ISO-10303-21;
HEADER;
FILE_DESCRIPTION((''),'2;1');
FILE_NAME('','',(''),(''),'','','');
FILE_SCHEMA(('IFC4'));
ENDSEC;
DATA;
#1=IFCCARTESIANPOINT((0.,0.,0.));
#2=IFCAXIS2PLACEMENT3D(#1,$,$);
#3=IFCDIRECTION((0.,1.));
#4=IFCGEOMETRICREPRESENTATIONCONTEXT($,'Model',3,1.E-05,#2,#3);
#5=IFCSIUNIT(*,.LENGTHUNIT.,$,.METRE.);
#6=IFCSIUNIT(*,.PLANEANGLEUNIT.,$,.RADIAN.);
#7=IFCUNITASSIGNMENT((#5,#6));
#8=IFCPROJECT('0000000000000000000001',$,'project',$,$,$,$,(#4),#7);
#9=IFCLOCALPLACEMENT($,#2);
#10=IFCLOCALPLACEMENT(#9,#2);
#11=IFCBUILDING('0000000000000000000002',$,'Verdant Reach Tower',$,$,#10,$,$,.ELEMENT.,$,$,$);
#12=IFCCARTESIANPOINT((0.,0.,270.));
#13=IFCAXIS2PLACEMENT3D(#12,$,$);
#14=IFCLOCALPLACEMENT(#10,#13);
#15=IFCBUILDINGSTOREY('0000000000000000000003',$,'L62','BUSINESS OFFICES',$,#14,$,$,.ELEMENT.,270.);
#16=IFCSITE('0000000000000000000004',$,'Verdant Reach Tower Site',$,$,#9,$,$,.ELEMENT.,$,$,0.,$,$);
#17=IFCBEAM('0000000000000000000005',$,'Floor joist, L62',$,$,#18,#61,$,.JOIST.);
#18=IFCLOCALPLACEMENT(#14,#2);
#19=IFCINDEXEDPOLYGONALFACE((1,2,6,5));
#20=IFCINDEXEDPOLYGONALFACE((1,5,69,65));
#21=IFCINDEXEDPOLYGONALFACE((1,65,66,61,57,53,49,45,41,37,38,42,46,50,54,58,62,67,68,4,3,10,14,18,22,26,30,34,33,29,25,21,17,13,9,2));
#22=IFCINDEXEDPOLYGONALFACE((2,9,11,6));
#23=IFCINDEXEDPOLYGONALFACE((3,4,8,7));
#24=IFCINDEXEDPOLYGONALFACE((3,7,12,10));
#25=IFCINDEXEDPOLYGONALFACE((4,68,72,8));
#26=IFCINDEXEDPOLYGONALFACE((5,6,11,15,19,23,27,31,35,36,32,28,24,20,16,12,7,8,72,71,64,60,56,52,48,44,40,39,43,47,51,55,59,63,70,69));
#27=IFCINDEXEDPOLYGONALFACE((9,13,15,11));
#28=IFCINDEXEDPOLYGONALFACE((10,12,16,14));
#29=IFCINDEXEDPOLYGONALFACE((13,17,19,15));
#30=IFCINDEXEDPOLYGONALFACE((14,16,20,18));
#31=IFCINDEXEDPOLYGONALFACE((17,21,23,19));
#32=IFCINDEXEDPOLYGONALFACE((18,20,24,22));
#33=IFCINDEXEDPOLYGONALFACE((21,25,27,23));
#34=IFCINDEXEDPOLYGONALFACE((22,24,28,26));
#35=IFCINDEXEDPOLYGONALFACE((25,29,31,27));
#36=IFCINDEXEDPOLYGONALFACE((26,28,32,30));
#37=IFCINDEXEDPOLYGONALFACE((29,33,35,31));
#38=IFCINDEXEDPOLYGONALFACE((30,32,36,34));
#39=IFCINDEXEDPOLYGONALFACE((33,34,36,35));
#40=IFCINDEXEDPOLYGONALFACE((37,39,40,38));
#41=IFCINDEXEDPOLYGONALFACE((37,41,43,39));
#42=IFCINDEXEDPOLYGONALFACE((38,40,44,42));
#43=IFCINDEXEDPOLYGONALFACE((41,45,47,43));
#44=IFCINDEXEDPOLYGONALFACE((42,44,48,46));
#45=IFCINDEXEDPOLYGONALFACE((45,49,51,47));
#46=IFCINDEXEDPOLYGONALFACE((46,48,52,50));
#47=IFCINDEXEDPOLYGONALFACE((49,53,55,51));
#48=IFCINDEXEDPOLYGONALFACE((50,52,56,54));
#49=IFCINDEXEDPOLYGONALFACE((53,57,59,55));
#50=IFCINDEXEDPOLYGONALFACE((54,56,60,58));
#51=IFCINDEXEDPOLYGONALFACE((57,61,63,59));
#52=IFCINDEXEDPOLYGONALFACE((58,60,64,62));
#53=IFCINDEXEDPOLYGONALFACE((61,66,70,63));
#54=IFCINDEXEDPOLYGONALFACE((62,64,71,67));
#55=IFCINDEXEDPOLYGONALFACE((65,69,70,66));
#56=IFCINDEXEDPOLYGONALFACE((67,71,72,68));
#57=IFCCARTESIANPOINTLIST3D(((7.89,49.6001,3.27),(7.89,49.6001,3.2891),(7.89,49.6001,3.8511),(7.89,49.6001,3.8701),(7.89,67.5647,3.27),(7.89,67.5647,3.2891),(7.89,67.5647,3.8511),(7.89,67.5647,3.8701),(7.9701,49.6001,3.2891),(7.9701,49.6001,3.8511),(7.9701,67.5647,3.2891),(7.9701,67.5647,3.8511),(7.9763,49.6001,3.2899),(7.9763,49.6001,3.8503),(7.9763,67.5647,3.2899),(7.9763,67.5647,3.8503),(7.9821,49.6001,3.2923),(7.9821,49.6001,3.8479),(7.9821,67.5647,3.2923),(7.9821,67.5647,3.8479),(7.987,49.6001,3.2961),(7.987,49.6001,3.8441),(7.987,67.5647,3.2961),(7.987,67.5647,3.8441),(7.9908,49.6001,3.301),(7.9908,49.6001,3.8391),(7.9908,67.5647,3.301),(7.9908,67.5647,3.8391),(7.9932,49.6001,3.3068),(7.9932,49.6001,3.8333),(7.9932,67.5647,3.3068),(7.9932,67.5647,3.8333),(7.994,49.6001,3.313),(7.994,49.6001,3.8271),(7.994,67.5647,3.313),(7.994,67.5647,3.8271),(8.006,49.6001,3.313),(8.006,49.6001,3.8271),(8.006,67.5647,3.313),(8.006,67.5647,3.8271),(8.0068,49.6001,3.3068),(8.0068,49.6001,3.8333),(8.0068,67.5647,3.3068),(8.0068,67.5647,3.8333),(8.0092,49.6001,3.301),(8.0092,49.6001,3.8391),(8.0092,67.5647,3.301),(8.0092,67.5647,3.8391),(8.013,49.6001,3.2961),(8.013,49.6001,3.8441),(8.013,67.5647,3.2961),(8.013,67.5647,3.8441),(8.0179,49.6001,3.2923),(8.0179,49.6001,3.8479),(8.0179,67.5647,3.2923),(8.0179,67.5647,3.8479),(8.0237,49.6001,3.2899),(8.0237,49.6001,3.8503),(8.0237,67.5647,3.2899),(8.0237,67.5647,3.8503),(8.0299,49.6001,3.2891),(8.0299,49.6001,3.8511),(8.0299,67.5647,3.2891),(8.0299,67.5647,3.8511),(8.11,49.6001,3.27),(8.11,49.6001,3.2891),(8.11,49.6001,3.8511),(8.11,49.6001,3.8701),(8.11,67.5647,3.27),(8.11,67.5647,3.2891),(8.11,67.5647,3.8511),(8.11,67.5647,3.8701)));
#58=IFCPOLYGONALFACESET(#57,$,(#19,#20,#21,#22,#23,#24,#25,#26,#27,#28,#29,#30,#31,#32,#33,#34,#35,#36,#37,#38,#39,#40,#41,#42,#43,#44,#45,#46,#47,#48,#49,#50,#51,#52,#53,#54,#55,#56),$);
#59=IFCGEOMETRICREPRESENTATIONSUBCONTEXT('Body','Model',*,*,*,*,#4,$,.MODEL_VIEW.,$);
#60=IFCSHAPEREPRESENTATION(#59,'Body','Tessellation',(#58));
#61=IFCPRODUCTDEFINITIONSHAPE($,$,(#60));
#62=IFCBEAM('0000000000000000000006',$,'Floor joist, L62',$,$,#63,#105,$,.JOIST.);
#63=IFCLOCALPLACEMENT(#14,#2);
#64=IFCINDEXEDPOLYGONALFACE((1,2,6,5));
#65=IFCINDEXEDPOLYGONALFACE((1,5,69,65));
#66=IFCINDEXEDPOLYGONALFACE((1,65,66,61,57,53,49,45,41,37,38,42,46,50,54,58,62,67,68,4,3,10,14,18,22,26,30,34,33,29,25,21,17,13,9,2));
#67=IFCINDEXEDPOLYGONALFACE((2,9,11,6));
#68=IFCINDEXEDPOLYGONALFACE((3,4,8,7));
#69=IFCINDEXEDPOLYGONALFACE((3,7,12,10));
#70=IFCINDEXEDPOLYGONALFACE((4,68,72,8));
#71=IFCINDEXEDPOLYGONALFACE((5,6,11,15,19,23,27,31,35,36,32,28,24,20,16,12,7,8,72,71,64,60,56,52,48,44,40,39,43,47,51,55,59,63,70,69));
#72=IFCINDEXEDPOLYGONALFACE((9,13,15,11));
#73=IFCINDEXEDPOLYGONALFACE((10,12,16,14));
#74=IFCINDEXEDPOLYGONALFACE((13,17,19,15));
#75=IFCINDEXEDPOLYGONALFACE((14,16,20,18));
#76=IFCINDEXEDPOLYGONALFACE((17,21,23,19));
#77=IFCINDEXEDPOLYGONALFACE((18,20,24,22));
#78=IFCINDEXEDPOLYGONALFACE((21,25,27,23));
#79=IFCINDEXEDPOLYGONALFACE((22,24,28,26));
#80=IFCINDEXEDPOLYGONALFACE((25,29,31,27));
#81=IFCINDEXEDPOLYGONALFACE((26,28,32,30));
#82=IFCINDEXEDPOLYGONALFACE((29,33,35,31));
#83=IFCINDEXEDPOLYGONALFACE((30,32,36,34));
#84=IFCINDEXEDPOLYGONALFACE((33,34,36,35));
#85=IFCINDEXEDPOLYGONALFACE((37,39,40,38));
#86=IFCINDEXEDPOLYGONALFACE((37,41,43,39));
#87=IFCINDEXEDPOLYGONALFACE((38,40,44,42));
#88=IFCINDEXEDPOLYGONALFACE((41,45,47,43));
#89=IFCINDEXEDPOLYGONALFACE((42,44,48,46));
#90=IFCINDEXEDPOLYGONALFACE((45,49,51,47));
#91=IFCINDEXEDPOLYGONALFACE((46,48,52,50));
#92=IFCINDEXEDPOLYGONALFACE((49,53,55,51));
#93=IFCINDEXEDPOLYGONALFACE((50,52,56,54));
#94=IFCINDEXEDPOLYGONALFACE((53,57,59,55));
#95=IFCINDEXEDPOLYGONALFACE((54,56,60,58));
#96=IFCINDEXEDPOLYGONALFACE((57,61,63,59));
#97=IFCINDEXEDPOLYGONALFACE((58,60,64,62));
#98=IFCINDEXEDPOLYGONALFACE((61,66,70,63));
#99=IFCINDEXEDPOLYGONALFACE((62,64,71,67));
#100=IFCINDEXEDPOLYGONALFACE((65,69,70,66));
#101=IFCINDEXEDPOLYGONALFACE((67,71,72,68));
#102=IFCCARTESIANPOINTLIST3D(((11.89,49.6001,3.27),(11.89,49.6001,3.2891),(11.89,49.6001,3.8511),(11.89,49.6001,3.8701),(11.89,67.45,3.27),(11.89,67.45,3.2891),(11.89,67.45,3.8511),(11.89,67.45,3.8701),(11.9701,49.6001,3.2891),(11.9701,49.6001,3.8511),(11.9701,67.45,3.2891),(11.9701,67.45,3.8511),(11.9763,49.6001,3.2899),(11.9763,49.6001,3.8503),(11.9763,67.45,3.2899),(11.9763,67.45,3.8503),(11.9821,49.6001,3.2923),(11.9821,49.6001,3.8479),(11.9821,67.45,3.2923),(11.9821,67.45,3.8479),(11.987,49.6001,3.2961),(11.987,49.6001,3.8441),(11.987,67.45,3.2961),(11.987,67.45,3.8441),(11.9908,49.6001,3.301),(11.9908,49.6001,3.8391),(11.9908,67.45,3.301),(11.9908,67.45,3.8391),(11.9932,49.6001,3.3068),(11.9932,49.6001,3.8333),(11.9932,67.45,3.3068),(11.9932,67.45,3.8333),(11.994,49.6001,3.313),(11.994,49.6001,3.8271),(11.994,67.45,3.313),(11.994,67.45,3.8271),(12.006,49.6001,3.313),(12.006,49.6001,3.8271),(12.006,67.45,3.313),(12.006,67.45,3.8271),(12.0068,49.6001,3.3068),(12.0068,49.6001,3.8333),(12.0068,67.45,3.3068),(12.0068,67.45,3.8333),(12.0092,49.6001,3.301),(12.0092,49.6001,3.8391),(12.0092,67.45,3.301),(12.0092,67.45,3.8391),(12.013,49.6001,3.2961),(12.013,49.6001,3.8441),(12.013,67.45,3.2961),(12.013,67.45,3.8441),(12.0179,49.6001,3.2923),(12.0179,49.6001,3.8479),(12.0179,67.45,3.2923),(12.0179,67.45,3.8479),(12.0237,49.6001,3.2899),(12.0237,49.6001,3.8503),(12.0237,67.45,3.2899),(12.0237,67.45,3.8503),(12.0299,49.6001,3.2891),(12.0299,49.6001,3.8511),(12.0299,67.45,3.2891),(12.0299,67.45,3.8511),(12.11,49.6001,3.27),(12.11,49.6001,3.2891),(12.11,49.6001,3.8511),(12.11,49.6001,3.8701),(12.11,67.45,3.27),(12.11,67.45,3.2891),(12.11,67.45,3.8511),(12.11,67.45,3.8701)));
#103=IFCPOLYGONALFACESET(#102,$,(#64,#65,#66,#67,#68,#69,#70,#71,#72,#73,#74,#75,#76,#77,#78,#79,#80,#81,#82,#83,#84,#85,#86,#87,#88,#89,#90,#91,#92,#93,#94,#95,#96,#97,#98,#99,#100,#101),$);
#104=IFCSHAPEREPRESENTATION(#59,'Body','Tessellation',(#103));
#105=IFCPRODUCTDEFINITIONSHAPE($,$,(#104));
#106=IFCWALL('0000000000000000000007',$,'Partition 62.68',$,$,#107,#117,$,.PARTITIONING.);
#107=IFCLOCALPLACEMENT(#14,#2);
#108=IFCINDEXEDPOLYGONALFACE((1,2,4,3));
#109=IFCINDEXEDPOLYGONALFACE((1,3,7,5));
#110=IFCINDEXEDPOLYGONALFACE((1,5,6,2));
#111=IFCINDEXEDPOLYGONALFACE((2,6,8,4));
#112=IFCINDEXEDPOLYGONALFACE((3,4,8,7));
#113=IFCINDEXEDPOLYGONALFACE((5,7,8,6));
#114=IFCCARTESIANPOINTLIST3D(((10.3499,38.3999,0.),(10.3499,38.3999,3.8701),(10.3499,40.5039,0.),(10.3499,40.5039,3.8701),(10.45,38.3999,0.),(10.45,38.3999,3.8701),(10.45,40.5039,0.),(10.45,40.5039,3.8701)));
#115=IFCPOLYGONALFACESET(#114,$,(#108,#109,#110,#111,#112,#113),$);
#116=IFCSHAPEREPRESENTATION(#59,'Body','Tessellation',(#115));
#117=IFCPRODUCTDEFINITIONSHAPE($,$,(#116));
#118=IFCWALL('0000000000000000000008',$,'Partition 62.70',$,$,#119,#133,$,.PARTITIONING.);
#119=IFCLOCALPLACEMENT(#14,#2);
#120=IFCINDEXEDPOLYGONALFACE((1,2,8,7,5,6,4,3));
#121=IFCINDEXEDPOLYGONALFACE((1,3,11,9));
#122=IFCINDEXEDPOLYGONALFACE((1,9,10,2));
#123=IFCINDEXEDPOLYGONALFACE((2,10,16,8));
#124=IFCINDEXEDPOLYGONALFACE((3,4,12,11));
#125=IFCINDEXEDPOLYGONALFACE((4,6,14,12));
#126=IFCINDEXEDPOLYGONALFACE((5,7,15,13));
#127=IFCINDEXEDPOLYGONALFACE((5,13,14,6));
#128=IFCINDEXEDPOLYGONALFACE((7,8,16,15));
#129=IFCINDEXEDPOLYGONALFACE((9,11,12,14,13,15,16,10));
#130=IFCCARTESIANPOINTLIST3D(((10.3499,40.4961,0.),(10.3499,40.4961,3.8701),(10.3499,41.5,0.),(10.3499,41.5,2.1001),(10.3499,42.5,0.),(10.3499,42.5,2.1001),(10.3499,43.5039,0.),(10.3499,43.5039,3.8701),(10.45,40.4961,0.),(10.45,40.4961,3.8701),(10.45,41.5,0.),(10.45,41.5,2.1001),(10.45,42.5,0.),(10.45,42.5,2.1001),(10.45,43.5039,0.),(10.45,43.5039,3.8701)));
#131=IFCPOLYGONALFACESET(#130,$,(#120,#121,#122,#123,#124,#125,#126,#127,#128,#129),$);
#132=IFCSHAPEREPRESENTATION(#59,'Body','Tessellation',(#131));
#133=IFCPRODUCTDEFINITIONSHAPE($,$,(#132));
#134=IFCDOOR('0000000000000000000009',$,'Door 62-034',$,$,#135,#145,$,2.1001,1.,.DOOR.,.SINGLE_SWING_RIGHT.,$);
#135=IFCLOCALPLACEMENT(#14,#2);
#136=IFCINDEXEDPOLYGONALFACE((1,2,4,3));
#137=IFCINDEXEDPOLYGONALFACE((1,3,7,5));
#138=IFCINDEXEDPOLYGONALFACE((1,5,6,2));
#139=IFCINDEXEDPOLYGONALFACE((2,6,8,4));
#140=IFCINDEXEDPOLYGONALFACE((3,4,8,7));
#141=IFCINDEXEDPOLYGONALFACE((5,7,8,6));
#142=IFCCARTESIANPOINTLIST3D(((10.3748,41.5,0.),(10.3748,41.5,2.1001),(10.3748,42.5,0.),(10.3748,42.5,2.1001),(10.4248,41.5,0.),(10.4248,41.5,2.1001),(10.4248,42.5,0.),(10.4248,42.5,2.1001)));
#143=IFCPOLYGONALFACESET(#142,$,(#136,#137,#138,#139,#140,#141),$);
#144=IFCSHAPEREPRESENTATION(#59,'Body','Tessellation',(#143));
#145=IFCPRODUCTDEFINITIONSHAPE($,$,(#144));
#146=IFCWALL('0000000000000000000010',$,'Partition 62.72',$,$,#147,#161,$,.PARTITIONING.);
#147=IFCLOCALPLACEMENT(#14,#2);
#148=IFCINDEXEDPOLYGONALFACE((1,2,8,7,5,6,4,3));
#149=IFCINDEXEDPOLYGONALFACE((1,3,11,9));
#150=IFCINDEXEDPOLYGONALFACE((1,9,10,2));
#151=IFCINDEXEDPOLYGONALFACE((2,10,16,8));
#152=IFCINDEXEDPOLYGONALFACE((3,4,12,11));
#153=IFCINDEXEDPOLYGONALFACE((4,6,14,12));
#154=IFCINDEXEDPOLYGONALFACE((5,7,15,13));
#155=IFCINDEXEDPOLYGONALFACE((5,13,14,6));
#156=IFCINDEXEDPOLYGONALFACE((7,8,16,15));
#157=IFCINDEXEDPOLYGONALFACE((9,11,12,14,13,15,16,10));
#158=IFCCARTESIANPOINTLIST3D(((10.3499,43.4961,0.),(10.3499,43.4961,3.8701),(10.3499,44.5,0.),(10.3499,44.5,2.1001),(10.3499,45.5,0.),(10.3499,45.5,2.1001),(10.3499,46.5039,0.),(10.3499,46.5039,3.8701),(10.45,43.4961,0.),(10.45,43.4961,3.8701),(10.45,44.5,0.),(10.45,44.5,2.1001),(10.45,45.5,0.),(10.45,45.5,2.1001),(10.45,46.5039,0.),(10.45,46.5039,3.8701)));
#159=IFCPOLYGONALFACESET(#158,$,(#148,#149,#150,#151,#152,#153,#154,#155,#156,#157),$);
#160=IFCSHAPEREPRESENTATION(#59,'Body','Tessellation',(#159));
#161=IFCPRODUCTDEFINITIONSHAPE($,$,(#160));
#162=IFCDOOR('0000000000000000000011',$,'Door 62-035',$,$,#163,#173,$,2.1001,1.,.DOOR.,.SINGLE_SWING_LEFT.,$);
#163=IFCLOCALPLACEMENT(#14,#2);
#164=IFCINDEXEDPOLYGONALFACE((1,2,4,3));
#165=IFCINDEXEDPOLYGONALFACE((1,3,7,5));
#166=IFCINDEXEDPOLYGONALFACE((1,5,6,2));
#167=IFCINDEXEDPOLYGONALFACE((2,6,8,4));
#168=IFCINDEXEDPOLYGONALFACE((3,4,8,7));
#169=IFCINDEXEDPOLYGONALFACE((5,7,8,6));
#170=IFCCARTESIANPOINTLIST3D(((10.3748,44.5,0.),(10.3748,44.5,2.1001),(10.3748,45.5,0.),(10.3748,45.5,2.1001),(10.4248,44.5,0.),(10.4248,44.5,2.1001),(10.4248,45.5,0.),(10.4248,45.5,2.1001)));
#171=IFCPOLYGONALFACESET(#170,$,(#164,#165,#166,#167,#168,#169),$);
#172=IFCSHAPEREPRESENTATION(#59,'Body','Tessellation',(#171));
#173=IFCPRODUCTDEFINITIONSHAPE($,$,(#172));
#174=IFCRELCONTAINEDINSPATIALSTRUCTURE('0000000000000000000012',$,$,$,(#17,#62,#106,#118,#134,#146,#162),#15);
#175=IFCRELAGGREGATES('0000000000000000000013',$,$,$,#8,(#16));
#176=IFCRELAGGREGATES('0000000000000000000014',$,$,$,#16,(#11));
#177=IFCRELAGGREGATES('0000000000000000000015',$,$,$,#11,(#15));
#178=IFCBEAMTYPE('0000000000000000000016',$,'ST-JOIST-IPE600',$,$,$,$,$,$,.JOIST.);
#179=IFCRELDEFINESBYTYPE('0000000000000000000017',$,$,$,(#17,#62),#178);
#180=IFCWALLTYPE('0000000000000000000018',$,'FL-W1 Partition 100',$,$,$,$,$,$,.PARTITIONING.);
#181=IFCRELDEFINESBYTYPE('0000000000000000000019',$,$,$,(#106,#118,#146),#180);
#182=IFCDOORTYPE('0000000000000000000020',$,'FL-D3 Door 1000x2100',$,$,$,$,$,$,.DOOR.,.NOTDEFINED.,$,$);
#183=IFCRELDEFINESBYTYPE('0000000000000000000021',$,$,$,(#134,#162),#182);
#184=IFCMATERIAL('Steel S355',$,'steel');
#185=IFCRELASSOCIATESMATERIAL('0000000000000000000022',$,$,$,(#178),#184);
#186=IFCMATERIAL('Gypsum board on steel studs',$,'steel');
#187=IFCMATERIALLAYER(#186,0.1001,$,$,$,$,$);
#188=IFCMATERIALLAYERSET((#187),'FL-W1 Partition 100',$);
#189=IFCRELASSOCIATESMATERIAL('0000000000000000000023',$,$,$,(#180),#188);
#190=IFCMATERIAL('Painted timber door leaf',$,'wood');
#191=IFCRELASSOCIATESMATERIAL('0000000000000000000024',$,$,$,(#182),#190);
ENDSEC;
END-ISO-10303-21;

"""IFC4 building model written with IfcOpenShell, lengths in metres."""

from ifc_helpers import new_model, si_unit, direction, frame, frame_2d, origin, origin_2d, place, context, subcontext, project, spatial, rectangle, i_section, extrude, material, layer, layer_set, material_profile, profile_set, type_object, element, fill, save


model = new_model("IFC4")

# Units and contexts
model_context = context("Model", 3, precision=1e-05, world=origin(), true_north=direction((0.0, 1.0)))
body_context = subcontext(model_context, "Body", "Model", "MODEL_VIEW")
ifc_project = project(units=[si_unit("LENGTHUNIT", "METRE"), si_unit("PLANEANGLEUNIT", "RADIAN")], contexts=[model_context])

# Site, building, storey
site_placement = place(None, origin())
site = spatial("IfcSite", under=ifc_project, at=site_placement, Name="Verdant Reach Tower Site", CompositionType="ELEMENT", RefElevation=0.0)
building_placement = place(site_placement, origin())
building = spatial("IfcBuilding", under=site, at=building_placement, Name="Verdant Reach Tower", CompositionType="ELEMENT")
storey_placement = place(building_placement, frame((0.0, 0.0, 270.0)))
storey = spatial("IfcBuildingStorey", under=building, at=storey_placement, Name="L62", Description="BUSINESS OFFICES", CompositionType="ELEMENT", Elevation=270.0)

# Beams
ifc_material_1 = material(Name="Steel S355", Category="steel")
ifc_material_profile_1 = material_profile(ifc_material_1, i_section(OverallWidth=0.22, OverallDepth=0.6001, WebThickness=0.012, FlangeThickness=0.019, FilletRadius=0.0239, at=origin_2d()), Name="IPE 600")
ifc_profile_set_1 = profile_set([ifc_material_profile_1], Name="Steel S355")
beam_type_1 = type_object("IfcBeamType", Name="ST-JOIST-IPE600", PredefinedType="JOIST", material=ifc_profile_set_1)
beam_1_placement = place(storey_placement, frame((8.0, 49.6001, 3.5701), z_axis=(0.0, 1.0, 0.0), x_axis=(-1.0, 0.0, 0.0)))
element("IfcBeam", 1, at=beam_1_placement, inside=storey, type_object=beam_type_1, Name="Floor joist, L62", PredefinedType="JOIST", context=body_context, shape_type="SweptSolid", body=[
    extrude(i_section(OverallWidth=0.22, OverallDepth=0.6001, WebThickness=0.012, FlangeThickness=0.019, FilletRadius=0.0239, at=origin_2d()), origin(), (0.0, 0.0, 1.0), 17.9646),
])
beam_2_placement = place(storey_placement, frame((12.0, 49.6001, 3.5701), z_axis=(0.0, 1.0, 0.0), x_axis=(-1.0, 0.0, 0.0)))
element("IfcBeam", 2, at=beam_2_placement, inside=storey, type_object=beam_type_1, Name="Floor joist, L62", PredefinedType="JOIST", context=body_context, shape_type="SweptSolid", body=[
    extrude(i_section(OverallWidth=0.22, OverallDepth=0.6001, WebThickness=0.012, FlangeThickness=0.019, FilletRadius=0.0239, at=origin_2d()), origin(), (0.0, 0.0, 1.0), 17.8499),
])

# Wall
ifc_material_2 = material(Name="Gypsum board on steel studs", Category="steel")
ifc_layer_1 = layer(ifc_material_2, 0.1001)
ifc_layer_set_1 = layer_set([ifc_layer_1], Name="FL-W1 Partition 100")
wall_type_1 = type_object("IfcWallType", Name="FL-W1 Partition 100", PredefinedType="PARTITIONING", material=ifc_layer_set_1)
wall_1_placement = place(storey_placement, frame((10.3999, 40.5039, 0.0), z_axis=(0.0, 0.0, 1.0), x_axis=(0.0, -1.0, 0.0)))
element("IfcWall", 3, at=wall_1_placement, inside=storey, type_object=wall_type_1, Name="Partition 62.68", PredefinedType="PARTITIONING", context=body_context, shape_type="SweptSolid", body=[
    extrude(rectangle(XDim=2.104, YDim=0.1001, at=frame_2d((1.052, 0.0))), origin(), (0.0, 0.0, 1.0), 3.8701),
])

# Walls, openings, doors
wall_2_placement = place(storey_placement, frame((10.3999, 43.5039, 0.0), z_axis=(0.0, 0.0, 1.0), x_axis=(0.0, -1.0, 0.0)))
wall_2 = element("IfcWall", 4, at=wall_2_placement, inside=storey, type_object=wall_type_1, Name="Partition 62.70", PredefinedType="PARTITIONING", context=body_context, shape_type="SweptSolid", body=[
    extrude(rectangle(XDim=3.0078, YDim=0.1001, at=frame_2d((1.5039, 0.0))), origin(), (0.0, 0.0, 1.0), 3.8701),
])
opening_1_placement = place(wall_2_placement, frame((1.0039, 0.0, 0.0)))
opening_1 = element("IfcOpeningElement", 5, at=opening_1_placement, cuts=wall_2, PredefinedType="OPENING", context=body_context, shape_type="SweptSolid", body=[
    extrude(rectangle(XDim=1.0, YDim=2.1001, at=frame_2d((0.5, 1.05))), frame((0.0, 0.0601, 0.0), z_axis=(0.0, -1.0, 0.0), x_axis=(1.0, 0.0, 0.0)), (0.0, 0.0, 1.0), 0.1201),
])
ifc_material_3 = material(Name="Painted timber door leaf", Category="wood")
door_type_1 = type_object("IfcDoorType", Name="FL-D3 Door 1000x2100", OperationType="NOTDEFINED", PredefinedType="DOOR", material=ifc_material_3)
door_1_placement = place(opening_1_placement, origin())
door_1 = element("IfcDoor", 6, at=door_1_placement, inside=storey, type_object=door_type_1, Name="Door 62-034", OperationType="SINGLE_SWING_RIGHT", OverallHeight=2.1001, OverallWidth=1.0, PredefinedType="DOOR", context=body_context, shape_type="SweptSolid", body=[
    extrude(rectangle(XDim=1.0, YDim=2.1001, at=frame_2d((0.5, 1.05))), frame((0.0, 0.0249, 0.0), z_axis=(0.0, -1.0, 0.0), x_axis=(1.0, 0.0, 0.0)), (0.0, 0.0, 1.0), 0.05),
])
fill(opening_1, door_1)
wall_3_placement = place(storey_placement, frame((10.3999, 46.5039, 0.0), z_axis=(0.0, 0.0, 1.0), x_axis=(0.0, -1.0, 0.0)))
wall_3 = element("IfcWall", 7, at=wall_3_placement, inside=storey, type_object=wall_type_1, Name="Partition 62.72", PredefinedType="PARTITIONING", context=body_context, shape_type="SweptSolid", body=[
    extrude(rectangle(XDim=3.0078, YDim=0.1001, at=frame_2d((1.5039, 0.0))), origin(), (0.0, 0.0, 1.0), 3.8701),
])
opening_2_placement = place(wall_3_placement, frame((1.0039, 0.0, 0.0)))
opening_2 = element("IfcOpeningElement", 8, at=opening_2_placement, cuts=wall_3, PredefinedType="OPENING", context=body_context, shape_type="SweptSolid", body=[
    extrude(rectangle(XDim=1.0, YDim=2.1001, at=frame_2d((0.5, 1.05))), frame((0.0, 0.0601, 0.0), z_axis=(0.0, -1.0, 0.0), x_axis=(1.0, 0.0, 0.0)), (0.0, 0.0, 1.0), 0.1201),
])
door_2_placement = place(opening_2_placement, origin())
door_2 = element("IfcDoor", 9, at=door_2_placement, inside=storey, type_object=door_type_1, Name="Door 62-035", OperationType="SINGLE_SWING_LEFT", OverallHeight=2.1001, OverallWidth=1.0, PredefinedType="DOOR", context=body_context, shape_type="SweptSolid", body=[
    extrude(rectangle(XDim=1.0, YDim=2.1001, at=frame_2d((0.5, 1.05))), frame((0.0, 0.0249, 0.0), z_axis=(0.0, -1.0, 0.0), x_axis=(1.0, 0.0, 0.0)), (0.0, 0.0, 1.0), 0.05),
])
fill(opening_2, door_2)

save(model, "model.ifc")
